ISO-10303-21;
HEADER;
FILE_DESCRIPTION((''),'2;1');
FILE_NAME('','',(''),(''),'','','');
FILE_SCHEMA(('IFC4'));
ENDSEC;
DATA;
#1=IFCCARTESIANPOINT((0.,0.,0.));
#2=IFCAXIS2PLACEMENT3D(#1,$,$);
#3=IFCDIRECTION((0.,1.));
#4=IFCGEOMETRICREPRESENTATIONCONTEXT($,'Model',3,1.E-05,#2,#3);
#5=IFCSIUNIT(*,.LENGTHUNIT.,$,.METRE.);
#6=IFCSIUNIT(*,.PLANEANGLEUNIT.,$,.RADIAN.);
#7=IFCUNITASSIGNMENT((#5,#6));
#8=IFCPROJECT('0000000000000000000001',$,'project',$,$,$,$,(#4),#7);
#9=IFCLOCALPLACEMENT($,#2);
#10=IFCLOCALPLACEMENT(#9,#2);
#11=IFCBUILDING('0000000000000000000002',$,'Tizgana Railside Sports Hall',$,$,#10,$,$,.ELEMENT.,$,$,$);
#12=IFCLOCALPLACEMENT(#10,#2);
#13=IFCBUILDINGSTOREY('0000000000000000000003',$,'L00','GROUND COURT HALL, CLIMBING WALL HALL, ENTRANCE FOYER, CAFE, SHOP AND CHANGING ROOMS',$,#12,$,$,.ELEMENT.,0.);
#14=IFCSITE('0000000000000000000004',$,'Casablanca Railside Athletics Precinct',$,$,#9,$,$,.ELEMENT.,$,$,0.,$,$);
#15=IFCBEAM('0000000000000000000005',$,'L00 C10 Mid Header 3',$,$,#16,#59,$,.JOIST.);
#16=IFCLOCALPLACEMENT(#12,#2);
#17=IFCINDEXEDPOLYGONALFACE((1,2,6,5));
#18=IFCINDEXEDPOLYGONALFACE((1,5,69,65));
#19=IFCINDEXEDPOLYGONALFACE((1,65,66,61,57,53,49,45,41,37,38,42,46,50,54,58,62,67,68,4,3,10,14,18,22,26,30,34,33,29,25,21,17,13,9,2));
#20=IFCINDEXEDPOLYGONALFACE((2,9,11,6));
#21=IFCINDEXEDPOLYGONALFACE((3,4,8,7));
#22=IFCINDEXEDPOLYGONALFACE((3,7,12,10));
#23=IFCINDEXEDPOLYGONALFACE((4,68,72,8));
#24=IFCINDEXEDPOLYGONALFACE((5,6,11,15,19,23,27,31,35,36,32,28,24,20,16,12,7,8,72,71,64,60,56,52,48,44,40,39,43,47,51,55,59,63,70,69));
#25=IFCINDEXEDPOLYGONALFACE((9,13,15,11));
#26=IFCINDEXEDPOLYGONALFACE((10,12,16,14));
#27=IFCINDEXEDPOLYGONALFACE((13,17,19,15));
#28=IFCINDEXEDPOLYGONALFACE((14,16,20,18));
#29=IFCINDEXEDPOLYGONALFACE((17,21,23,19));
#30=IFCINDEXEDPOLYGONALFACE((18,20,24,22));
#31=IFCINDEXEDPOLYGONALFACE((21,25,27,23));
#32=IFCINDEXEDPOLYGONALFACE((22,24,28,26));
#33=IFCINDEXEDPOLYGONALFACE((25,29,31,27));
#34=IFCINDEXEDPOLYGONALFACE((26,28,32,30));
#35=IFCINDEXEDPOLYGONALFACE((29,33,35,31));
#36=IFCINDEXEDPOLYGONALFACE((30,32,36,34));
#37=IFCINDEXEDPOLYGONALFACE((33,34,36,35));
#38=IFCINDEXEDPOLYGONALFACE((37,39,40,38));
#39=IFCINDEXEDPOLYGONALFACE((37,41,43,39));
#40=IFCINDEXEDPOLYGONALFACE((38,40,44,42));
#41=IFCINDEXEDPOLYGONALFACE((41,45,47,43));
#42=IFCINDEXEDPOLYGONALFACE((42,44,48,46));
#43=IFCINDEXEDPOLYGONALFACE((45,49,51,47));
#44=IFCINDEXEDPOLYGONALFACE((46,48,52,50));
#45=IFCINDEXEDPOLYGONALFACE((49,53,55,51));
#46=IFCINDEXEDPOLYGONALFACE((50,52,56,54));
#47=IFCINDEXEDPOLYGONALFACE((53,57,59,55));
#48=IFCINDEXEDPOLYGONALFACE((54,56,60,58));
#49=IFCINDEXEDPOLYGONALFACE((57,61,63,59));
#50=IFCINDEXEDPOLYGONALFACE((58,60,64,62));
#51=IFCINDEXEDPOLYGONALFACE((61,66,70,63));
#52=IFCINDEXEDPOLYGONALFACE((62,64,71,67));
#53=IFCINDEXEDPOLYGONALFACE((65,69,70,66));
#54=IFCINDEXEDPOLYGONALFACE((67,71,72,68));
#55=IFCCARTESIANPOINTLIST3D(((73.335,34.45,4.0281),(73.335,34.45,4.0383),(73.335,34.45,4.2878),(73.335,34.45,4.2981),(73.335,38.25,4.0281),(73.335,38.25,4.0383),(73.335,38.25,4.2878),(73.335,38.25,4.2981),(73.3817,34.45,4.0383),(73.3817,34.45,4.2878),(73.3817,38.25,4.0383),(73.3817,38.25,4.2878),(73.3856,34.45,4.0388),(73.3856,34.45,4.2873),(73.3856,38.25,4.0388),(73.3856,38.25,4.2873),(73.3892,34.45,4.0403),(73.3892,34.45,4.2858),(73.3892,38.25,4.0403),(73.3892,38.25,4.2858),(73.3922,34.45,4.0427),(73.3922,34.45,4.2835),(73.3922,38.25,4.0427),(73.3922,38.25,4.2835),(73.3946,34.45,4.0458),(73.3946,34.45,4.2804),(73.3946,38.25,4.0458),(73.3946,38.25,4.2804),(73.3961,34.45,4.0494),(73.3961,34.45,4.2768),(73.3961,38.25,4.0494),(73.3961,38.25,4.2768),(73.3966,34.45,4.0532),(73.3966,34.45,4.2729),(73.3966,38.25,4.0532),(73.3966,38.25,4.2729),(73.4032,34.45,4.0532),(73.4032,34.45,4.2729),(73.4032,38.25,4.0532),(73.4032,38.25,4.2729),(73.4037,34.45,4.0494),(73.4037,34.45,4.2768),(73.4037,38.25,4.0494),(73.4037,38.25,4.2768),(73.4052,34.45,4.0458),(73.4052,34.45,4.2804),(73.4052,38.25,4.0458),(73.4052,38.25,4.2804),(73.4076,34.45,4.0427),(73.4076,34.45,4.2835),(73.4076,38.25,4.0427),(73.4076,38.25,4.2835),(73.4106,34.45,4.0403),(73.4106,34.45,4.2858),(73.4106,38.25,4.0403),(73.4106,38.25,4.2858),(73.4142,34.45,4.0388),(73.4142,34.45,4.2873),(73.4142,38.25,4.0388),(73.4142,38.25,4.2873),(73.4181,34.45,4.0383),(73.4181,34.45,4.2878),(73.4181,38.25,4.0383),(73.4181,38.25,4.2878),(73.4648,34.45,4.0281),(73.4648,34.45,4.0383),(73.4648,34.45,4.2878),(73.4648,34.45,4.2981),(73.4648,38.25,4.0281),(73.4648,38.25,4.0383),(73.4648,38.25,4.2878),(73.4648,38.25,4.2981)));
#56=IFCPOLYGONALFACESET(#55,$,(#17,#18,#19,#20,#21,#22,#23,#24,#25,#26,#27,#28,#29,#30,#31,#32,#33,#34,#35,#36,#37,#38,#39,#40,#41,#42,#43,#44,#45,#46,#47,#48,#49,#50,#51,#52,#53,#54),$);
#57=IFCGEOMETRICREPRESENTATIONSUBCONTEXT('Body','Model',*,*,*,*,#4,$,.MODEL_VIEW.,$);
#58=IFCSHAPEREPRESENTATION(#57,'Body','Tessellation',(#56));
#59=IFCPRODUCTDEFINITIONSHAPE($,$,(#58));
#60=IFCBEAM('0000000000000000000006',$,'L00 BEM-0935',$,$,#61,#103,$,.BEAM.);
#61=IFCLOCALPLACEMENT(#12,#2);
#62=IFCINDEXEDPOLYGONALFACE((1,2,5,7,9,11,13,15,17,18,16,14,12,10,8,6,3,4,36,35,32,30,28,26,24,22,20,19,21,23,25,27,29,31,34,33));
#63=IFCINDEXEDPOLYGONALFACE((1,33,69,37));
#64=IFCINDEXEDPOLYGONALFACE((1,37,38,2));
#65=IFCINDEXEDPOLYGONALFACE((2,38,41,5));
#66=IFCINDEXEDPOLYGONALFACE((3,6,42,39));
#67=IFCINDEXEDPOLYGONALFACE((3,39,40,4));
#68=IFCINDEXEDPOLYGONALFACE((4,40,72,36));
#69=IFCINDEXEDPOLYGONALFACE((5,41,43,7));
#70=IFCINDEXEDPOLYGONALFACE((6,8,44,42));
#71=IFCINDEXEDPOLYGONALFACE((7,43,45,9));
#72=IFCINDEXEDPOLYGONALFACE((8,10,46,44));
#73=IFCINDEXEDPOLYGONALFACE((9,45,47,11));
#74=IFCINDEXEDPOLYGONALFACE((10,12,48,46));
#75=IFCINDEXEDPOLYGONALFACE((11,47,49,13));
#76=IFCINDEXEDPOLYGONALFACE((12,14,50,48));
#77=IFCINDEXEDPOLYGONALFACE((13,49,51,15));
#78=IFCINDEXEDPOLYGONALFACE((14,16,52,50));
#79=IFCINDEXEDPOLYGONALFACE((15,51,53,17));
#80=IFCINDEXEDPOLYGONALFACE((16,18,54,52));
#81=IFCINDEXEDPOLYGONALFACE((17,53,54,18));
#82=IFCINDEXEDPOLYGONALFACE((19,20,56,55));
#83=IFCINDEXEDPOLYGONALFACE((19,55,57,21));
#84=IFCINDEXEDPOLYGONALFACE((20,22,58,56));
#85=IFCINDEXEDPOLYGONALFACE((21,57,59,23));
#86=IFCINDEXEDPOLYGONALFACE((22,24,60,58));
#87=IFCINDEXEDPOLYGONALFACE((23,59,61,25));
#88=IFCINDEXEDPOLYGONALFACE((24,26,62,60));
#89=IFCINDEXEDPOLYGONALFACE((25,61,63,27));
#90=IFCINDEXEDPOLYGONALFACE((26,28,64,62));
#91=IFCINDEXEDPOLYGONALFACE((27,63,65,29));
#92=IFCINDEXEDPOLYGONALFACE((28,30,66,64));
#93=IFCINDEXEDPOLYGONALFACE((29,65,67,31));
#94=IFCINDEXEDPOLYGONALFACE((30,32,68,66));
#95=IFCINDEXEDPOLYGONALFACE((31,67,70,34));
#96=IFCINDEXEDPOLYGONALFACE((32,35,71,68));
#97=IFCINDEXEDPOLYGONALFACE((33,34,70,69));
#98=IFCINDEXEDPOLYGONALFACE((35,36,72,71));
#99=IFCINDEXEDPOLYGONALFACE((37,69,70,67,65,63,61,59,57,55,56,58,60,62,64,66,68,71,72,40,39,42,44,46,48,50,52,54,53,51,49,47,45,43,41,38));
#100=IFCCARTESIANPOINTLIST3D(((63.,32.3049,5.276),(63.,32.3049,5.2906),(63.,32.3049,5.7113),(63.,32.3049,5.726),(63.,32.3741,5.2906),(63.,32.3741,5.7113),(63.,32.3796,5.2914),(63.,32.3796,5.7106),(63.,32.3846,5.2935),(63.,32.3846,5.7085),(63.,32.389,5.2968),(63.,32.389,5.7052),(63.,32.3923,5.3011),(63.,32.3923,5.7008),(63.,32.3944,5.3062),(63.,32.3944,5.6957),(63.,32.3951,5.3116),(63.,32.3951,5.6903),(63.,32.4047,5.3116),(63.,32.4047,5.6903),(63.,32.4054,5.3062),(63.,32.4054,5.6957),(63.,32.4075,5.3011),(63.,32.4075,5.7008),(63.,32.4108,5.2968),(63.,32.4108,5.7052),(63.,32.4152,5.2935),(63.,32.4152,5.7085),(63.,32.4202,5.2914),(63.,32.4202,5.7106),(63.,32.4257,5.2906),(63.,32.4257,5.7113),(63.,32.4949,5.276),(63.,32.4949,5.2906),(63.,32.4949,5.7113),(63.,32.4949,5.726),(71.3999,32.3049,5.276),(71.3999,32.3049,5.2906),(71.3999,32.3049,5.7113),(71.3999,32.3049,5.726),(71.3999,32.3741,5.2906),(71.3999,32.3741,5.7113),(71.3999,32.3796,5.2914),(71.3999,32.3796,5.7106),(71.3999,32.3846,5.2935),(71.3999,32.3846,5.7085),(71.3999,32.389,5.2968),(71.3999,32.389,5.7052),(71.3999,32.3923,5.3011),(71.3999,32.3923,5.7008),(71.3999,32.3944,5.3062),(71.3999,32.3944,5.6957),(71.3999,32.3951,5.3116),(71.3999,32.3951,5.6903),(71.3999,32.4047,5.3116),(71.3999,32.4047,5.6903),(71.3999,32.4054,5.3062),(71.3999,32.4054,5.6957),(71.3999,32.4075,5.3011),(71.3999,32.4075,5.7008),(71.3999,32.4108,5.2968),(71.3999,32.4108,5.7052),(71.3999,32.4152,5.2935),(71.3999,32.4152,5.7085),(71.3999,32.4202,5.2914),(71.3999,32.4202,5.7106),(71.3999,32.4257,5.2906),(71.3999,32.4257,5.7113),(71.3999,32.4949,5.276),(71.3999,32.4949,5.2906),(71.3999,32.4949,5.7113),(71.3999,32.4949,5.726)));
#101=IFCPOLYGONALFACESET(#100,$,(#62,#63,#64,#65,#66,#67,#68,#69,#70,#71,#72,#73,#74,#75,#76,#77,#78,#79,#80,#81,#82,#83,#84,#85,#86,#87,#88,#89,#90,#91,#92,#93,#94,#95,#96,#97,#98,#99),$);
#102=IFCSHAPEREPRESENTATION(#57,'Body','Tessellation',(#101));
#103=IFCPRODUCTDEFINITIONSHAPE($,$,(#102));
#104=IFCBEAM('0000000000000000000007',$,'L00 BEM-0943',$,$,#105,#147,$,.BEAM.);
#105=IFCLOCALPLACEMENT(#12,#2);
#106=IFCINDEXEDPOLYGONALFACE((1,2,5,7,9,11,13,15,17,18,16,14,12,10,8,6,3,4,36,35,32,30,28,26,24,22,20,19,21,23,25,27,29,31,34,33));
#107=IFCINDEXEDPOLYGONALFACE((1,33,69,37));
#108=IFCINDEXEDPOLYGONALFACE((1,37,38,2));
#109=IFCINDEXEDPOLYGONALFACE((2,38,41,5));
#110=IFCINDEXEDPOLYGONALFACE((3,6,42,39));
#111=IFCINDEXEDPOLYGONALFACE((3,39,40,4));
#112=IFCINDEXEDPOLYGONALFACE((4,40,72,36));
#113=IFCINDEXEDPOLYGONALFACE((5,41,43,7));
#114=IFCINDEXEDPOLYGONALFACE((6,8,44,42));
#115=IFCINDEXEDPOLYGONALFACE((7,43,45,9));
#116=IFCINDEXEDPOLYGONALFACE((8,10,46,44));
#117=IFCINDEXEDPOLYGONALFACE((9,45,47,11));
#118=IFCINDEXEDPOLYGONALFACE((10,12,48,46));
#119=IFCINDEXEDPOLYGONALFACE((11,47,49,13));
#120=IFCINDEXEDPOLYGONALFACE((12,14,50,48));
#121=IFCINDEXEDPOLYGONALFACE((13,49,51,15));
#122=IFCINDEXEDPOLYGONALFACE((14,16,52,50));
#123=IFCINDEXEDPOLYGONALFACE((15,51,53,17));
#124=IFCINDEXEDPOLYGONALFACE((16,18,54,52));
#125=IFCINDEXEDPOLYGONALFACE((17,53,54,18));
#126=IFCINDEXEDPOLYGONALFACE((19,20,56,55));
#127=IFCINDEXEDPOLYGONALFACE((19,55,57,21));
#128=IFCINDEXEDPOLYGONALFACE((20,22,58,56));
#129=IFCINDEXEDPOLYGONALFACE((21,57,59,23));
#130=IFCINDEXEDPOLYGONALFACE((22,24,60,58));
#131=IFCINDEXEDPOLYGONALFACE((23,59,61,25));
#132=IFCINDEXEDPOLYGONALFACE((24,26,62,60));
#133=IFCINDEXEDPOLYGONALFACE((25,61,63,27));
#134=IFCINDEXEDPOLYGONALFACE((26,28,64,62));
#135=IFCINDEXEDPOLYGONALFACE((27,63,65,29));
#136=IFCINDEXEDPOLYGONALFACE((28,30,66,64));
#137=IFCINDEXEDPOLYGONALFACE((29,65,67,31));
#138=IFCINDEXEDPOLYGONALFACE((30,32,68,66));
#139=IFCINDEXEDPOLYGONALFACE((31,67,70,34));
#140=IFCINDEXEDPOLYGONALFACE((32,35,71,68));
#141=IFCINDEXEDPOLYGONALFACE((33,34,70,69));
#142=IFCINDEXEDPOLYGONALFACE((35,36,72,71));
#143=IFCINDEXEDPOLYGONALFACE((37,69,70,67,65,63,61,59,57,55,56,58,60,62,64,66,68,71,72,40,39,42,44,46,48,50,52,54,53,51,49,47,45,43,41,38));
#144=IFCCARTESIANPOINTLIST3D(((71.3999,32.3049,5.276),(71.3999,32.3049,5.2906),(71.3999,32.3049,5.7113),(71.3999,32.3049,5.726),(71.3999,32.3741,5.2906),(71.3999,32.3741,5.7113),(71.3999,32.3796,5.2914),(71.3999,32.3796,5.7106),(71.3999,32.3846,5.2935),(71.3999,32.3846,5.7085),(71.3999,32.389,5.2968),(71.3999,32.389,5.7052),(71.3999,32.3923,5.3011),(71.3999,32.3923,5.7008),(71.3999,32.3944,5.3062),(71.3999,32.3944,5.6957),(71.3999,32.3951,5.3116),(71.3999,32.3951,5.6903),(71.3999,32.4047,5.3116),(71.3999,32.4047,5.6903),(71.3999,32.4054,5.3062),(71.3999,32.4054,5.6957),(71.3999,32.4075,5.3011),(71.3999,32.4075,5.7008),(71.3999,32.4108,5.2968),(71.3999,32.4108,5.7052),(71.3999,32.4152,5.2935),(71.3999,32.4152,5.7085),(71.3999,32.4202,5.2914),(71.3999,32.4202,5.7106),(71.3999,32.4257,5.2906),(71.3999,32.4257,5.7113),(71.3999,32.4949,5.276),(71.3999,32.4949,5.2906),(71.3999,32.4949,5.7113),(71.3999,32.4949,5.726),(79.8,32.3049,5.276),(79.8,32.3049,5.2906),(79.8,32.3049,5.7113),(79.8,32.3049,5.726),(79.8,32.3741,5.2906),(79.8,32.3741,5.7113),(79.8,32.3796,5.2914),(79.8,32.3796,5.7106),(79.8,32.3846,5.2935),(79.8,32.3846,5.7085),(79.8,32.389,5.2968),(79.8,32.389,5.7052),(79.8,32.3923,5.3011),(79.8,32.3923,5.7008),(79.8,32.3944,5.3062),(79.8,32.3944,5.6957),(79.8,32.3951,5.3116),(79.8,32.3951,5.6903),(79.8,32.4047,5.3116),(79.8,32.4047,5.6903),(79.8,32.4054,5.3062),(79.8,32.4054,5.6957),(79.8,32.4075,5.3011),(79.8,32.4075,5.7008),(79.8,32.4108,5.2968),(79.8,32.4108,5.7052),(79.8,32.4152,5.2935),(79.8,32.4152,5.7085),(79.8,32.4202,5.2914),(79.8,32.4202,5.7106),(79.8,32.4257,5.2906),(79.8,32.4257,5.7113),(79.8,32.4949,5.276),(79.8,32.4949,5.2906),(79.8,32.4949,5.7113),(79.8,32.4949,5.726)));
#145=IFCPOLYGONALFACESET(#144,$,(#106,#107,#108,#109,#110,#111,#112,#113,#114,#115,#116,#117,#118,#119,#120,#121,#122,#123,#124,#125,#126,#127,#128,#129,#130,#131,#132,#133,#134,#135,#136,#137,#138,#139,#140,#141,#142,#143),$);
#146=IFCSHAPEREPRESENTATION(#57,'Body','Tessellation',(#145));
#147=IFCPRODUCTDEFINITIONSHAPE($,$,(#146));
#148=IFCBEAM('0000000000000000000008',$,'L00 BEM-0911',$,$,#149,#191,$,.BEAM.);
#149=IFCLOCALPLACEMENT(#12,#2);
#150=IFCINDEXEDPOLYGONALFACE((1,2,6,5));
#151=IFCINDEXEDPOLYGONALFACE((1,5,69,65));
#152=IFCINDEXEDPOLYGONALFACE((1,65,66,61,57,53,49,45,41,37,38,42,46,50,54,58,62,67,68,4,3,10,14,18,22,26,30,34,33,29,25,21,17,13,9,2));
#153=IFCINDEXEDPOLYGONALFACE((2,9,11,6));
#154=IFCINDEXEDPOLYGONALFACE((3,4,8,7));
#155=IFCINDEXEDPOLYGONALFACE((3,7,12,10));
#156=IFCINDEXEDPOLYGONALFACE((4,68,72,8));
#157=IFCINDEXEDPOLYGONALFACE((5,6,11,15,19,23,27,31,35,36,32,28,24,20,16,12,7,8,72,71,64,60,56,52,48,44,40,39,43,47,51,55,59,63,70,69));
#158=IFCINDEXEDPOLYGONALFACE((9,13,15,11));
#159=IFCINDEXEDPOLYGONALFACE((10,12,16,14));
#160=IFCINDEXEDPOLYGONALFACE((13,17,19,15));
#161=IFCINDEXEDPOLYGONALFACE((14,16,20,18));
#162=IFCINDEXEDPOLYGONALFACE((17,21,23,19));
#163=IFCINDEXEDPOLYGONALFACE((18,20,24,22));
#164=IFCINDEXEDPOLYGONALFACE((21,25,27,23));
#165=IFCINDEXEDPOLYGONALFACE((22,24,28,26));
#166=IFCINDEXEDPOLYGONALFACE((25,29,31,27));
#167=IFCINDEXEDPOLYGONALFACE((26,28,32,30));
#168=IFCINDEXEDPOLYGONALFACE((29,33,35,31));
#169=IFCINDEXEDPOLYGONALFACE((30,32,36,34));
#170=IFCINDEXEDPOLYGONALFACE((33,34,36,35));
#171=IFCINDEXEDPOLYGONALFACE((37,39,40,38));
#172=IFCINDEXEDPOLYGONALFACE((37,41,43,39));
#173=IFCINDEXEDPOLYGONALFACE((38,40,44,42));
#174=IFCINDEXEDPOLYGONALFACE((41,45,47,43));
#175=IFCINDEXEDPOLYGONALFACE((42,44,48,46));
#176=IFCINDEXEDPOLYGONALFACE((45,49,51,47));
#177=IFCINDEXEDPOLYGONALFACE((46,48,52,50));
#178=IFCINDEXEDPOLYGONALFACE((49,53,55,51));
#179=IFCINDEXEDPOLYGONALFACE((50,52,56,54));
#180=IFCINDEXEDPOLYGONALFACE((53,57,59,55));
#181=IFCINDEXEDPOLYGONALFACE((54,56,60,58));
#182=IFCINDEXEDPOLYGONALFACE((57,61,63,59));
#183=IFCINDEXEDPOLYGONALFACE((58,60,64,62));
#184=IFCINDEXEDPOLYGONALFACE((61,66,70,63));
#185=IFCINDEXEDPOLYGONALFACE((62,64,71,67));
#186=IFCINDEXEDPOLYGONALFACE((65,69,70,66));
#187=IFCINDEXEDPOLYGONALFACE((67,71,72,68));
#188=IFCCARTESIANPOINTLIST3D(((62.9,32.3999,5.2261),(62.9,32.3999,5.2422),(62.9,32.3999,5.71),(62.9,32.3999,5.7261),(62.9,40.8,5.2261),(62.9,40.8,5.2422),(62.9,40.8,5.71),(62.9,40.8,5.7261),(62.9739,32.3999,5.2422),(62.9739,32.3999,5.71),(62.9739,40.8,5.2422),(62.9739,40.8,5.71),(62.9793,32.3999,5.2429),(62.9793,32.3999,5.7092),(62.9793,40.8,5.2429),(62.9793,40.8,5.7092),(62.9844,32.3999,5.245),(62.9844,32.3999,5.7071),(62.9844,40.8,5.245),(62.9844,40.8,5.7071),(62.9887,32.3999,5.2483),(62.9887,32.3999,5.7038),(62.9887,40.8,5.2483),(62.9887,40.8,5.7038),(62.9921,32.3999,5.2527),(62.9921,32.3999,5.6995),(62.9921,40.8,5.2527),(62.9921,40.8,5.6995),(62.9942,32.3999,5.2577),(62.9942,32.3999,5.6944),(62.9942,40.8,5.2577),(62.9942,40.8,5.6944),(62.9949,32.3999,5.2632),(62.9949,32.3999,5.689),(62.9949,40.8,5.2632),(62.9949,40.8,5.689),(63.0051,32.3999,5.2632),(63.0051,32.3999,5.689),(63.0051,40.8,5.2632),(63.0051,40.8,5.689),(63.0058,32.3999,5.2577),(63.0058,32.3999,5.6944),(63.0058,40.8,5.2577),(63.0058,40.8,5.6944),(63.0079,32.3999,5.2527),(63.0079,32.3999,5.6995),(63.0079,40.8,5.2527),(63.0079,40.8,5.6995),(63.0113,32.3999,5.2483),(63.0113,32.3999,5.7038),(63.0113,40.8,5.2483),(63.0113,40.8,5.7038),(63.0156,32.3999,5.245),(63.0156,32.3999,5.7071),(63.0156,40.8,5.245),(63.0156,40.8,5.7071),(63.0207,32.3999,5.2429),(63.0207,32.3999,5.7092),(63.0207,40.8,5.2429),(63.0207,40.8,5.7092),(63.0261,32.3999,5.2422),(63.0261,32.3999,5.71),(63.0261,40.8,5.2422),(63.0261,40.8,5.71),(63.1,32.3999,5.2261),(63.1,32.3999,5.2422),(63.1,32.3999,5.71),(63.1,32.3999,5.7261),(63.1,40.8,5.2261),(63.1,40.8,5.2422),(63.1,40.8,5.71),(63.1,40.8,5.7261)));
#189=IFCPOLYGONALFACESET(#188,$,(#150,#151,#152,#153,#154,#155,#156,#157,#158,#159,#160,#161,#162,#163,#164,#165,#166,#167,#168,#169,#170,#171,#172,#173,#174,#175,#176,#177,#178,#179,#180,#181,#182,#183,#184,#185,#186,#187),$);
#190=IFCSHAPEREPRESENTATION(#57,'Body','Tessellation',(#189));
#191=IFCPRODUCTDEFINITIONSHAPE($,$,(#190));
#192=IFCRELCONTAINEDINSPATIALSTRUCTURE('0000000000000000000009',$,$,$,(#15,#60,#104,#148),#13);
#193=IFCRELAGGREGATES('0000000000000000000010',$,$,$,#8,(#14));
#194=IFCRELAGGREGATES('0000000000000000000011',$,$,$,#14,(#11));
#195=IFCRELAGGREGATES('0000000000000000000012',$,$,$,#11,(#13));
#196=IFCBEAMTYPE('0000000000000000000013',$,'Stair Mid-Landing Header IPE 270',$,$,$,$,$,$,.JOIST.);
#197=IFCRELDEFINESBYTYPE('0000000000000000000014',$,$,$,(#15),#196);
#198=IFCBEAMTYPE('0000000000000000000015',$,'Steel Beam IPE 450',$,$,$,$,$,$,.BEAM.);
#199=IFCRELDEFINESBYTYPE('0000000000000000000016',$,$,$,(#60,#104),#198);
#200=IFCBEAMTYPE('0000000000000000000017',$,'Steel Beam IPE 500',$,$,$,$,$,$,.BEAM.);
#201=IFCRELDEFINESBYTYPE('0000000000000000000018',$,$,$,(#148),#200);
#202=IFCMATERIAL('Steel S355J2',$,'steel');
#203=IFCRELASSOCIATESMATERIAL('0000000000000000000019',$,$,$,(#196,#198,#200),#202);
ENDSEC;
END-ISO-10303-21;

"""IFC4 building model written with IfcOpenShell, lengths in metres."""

from ifc_helpers import new_model, si_unit, direction, frame, origin, origin_2d, place, context, subcontext, project, spatial, i_section, extrude, material, material_profile, profile_set, type_object, element, save


model = new_model("IFC4")

# Units and contexts
model_context = context("Model", 3, precision=1e-05, world=origin(), true_north=direction((0.0, 1.0)))
body_context = subcontext(model_context, "Body", "Model", "MODEL_VIEW")
ifc_project = project(units=[si_unit("LENGTHUNIT", "METRE"), si_unit("PLANEANGLEUNIT", "RADIAN")], contexts=[model_context])

# Site, building, storey
site_placement = place(None, origin())
site = spatial("IfcSite", under=ifc_project, at=site_placement, Name="Casablanca Railside Athletics Precinct", CompositionType="ELEMENT", RefElevation=0.0)
building_placement = place(site_placement, origin())
building = spatial("IfcBuilding", under=site, at=building_placement, Name="Tizgana Railside Sports Hall", CompositionType="ELEMENT")
storey_placement = place(building_placement, origin())
storey = spatial("IfcBuildingStorey", under=building, at=storey_placement, Name="L00", Description="GROUND COURT HALL, CLIMBING WALL HALL, ENTRANCE FOYER, CAFE, SHOP AND CHANGING ROOMS", CompositionType="ELEMENT", Elevation=0.0)

# Shared definitions
ifc_material_1 = material(Name="Steel S355J2", Category="steel")

# Beams
ifc_material_profile_1 = material_profile(ifc_material_1, i_section(OverallWidth=0.1299, OverallDepth=0.27, WebThickness=0.0066, FlangeThickness=0.0103, FilletRadius=0.0149, at=origin_2d()), Name="IPE 270")
ifc_profile_set_1 = profile_set([ifc_material_profile_1], Name="Steel S355J2")
beam_type_1 = type_object("IfcBeamType", Name="Stair Mid-Landing Header IPE 270", PredefinedType="JOIST", material=ifc_profile_set_1)
for number, where, z_axis, x_axis, name in (
    (1, (73.3999, 34.45, 4.1631), (0.0, 1.0, 0.0), (-1.0, 0.0, 0.0), "L00 C10 Mid Header 3"),
):
    element("IfcBeam", number, at=place(storey_placement, frame(where, z_axis=z_axis, x_axis=x_axis)), inside=storey, type_object=beam_type_1, Name=name, PredefinedType="JOIST", context=body_context, shape_type="SweptSolid", body=[
        extrude(i_section(OverallWidth=0.1299, OverallDepth=0.27, WebThickness=0.0066, FlangeThickness=0.0103, FilletRadius=0.0149, at=origin_2d()), origin(), (0.0, 0.0, 1.0), 3.8),
    ])
ifc_material_profile_2 = material_profile(ifc_material_1, i_section(OverallWidth=0.1899, OverallDepth=0.45, WebThickness=0.0095, FlangeThickness=0.0146, FilletRadius=0.021, at=origin_2d()), Name="IPE 450")
ifc_profile_set_2 = profile_set([ifc_material_profile_2], Name="Steel S355J2")
beam_type_2 = type_object("IfcBeamType", Name="Steel Beam IPE 450", PredefinedType="BEAM", material=ifc_profile_set_2)
beam_1_placement = place(storey_placement, frame((63.0, 32.3999, 5.501), z_axis=(1.0, 0.0, 0.0), x_axis=(0.0, 1.0, 0.0)))
element("IfcBeam", 2, at=beam_1_placement, inside=storey, type_object=beam_type_2, Name="L00 BEM-0935", PredefinedType="BEAM", context=body_context, shape_type="SweptSolid", body=[
    extrude(i_section(OverallWidth=0.1899, OverallDepth=0.45, WebThickness=0.0095, FlangeThickness=0.0146, FilletRadius=0.021, at=origin_2d()), origin(), (0.0, 0.0, 1.0), 8.3999),
])
beam_2_placement = place(storey_placement, frame((71.3999, 32.3999, 5.501), z_axis=(1.0, 0.0, 0.0), x_axis=(0.0, 1.0, 0.0)))
element("IfcBeam", 3, at=beam_2_placement, inside=storey, type_object=beam_type_2, Name="L00 BEM-0943", PredefinedType="BEAM", context=body_context, shape_type="SweptSolid", body=[
    extrude(i_section(OverallWidth=0.1899, OverallDepth=0.45, WebThickness=0.0095, FlangeThickness=0.0146, FilletRadius=0.021, at=origin_2d()), origin(), (0.0, 0.0, 1.0), 8.4001),
])
ifc_material_profile_3 = material_profile(ifc_material_1, i_section(OverallWidth=0.2, OverallDepth=0.5, WebThickness=0.0103, FlangeThickness=0.0161, FilletRadius=0.021, at=origin_2d()), Name="IPE 500")
ifc_profile_set_3 = profile_set([ifc_material_profile_3], Name="Steel S355J2")
beam_type_3 = type_object("IfcBeamType", Name="Steel Beam IPE 500", PredefinedType="BEAM", material=ifc_profile_set_3)
beam_3_placement = place(storey_placement, frame((63.0, 32.3999, 5.4761), z_axis=(0.0, 1.0, 0.0), x_axis=(-1.0, 0.0, 0.0)))
element("IfcBeam", 4, at=beam_3_placement, inside=storey, type_object=beam_type_3, Name="L00 BEM-0911", PredefinedType="BEAM", context=body_context, shape_type="SweptSolid", body=[
    extrude(i_section(OverallWidth=0.2, OverallDepth=0.5, WebThickness=0.0103, FlangeThickness=0.0161, FilletRadius=0.021, at=origin_2d()), origin(), (0.0, 0.0, 1.0), 8.4001),
])

save(model, "model.ifc")
